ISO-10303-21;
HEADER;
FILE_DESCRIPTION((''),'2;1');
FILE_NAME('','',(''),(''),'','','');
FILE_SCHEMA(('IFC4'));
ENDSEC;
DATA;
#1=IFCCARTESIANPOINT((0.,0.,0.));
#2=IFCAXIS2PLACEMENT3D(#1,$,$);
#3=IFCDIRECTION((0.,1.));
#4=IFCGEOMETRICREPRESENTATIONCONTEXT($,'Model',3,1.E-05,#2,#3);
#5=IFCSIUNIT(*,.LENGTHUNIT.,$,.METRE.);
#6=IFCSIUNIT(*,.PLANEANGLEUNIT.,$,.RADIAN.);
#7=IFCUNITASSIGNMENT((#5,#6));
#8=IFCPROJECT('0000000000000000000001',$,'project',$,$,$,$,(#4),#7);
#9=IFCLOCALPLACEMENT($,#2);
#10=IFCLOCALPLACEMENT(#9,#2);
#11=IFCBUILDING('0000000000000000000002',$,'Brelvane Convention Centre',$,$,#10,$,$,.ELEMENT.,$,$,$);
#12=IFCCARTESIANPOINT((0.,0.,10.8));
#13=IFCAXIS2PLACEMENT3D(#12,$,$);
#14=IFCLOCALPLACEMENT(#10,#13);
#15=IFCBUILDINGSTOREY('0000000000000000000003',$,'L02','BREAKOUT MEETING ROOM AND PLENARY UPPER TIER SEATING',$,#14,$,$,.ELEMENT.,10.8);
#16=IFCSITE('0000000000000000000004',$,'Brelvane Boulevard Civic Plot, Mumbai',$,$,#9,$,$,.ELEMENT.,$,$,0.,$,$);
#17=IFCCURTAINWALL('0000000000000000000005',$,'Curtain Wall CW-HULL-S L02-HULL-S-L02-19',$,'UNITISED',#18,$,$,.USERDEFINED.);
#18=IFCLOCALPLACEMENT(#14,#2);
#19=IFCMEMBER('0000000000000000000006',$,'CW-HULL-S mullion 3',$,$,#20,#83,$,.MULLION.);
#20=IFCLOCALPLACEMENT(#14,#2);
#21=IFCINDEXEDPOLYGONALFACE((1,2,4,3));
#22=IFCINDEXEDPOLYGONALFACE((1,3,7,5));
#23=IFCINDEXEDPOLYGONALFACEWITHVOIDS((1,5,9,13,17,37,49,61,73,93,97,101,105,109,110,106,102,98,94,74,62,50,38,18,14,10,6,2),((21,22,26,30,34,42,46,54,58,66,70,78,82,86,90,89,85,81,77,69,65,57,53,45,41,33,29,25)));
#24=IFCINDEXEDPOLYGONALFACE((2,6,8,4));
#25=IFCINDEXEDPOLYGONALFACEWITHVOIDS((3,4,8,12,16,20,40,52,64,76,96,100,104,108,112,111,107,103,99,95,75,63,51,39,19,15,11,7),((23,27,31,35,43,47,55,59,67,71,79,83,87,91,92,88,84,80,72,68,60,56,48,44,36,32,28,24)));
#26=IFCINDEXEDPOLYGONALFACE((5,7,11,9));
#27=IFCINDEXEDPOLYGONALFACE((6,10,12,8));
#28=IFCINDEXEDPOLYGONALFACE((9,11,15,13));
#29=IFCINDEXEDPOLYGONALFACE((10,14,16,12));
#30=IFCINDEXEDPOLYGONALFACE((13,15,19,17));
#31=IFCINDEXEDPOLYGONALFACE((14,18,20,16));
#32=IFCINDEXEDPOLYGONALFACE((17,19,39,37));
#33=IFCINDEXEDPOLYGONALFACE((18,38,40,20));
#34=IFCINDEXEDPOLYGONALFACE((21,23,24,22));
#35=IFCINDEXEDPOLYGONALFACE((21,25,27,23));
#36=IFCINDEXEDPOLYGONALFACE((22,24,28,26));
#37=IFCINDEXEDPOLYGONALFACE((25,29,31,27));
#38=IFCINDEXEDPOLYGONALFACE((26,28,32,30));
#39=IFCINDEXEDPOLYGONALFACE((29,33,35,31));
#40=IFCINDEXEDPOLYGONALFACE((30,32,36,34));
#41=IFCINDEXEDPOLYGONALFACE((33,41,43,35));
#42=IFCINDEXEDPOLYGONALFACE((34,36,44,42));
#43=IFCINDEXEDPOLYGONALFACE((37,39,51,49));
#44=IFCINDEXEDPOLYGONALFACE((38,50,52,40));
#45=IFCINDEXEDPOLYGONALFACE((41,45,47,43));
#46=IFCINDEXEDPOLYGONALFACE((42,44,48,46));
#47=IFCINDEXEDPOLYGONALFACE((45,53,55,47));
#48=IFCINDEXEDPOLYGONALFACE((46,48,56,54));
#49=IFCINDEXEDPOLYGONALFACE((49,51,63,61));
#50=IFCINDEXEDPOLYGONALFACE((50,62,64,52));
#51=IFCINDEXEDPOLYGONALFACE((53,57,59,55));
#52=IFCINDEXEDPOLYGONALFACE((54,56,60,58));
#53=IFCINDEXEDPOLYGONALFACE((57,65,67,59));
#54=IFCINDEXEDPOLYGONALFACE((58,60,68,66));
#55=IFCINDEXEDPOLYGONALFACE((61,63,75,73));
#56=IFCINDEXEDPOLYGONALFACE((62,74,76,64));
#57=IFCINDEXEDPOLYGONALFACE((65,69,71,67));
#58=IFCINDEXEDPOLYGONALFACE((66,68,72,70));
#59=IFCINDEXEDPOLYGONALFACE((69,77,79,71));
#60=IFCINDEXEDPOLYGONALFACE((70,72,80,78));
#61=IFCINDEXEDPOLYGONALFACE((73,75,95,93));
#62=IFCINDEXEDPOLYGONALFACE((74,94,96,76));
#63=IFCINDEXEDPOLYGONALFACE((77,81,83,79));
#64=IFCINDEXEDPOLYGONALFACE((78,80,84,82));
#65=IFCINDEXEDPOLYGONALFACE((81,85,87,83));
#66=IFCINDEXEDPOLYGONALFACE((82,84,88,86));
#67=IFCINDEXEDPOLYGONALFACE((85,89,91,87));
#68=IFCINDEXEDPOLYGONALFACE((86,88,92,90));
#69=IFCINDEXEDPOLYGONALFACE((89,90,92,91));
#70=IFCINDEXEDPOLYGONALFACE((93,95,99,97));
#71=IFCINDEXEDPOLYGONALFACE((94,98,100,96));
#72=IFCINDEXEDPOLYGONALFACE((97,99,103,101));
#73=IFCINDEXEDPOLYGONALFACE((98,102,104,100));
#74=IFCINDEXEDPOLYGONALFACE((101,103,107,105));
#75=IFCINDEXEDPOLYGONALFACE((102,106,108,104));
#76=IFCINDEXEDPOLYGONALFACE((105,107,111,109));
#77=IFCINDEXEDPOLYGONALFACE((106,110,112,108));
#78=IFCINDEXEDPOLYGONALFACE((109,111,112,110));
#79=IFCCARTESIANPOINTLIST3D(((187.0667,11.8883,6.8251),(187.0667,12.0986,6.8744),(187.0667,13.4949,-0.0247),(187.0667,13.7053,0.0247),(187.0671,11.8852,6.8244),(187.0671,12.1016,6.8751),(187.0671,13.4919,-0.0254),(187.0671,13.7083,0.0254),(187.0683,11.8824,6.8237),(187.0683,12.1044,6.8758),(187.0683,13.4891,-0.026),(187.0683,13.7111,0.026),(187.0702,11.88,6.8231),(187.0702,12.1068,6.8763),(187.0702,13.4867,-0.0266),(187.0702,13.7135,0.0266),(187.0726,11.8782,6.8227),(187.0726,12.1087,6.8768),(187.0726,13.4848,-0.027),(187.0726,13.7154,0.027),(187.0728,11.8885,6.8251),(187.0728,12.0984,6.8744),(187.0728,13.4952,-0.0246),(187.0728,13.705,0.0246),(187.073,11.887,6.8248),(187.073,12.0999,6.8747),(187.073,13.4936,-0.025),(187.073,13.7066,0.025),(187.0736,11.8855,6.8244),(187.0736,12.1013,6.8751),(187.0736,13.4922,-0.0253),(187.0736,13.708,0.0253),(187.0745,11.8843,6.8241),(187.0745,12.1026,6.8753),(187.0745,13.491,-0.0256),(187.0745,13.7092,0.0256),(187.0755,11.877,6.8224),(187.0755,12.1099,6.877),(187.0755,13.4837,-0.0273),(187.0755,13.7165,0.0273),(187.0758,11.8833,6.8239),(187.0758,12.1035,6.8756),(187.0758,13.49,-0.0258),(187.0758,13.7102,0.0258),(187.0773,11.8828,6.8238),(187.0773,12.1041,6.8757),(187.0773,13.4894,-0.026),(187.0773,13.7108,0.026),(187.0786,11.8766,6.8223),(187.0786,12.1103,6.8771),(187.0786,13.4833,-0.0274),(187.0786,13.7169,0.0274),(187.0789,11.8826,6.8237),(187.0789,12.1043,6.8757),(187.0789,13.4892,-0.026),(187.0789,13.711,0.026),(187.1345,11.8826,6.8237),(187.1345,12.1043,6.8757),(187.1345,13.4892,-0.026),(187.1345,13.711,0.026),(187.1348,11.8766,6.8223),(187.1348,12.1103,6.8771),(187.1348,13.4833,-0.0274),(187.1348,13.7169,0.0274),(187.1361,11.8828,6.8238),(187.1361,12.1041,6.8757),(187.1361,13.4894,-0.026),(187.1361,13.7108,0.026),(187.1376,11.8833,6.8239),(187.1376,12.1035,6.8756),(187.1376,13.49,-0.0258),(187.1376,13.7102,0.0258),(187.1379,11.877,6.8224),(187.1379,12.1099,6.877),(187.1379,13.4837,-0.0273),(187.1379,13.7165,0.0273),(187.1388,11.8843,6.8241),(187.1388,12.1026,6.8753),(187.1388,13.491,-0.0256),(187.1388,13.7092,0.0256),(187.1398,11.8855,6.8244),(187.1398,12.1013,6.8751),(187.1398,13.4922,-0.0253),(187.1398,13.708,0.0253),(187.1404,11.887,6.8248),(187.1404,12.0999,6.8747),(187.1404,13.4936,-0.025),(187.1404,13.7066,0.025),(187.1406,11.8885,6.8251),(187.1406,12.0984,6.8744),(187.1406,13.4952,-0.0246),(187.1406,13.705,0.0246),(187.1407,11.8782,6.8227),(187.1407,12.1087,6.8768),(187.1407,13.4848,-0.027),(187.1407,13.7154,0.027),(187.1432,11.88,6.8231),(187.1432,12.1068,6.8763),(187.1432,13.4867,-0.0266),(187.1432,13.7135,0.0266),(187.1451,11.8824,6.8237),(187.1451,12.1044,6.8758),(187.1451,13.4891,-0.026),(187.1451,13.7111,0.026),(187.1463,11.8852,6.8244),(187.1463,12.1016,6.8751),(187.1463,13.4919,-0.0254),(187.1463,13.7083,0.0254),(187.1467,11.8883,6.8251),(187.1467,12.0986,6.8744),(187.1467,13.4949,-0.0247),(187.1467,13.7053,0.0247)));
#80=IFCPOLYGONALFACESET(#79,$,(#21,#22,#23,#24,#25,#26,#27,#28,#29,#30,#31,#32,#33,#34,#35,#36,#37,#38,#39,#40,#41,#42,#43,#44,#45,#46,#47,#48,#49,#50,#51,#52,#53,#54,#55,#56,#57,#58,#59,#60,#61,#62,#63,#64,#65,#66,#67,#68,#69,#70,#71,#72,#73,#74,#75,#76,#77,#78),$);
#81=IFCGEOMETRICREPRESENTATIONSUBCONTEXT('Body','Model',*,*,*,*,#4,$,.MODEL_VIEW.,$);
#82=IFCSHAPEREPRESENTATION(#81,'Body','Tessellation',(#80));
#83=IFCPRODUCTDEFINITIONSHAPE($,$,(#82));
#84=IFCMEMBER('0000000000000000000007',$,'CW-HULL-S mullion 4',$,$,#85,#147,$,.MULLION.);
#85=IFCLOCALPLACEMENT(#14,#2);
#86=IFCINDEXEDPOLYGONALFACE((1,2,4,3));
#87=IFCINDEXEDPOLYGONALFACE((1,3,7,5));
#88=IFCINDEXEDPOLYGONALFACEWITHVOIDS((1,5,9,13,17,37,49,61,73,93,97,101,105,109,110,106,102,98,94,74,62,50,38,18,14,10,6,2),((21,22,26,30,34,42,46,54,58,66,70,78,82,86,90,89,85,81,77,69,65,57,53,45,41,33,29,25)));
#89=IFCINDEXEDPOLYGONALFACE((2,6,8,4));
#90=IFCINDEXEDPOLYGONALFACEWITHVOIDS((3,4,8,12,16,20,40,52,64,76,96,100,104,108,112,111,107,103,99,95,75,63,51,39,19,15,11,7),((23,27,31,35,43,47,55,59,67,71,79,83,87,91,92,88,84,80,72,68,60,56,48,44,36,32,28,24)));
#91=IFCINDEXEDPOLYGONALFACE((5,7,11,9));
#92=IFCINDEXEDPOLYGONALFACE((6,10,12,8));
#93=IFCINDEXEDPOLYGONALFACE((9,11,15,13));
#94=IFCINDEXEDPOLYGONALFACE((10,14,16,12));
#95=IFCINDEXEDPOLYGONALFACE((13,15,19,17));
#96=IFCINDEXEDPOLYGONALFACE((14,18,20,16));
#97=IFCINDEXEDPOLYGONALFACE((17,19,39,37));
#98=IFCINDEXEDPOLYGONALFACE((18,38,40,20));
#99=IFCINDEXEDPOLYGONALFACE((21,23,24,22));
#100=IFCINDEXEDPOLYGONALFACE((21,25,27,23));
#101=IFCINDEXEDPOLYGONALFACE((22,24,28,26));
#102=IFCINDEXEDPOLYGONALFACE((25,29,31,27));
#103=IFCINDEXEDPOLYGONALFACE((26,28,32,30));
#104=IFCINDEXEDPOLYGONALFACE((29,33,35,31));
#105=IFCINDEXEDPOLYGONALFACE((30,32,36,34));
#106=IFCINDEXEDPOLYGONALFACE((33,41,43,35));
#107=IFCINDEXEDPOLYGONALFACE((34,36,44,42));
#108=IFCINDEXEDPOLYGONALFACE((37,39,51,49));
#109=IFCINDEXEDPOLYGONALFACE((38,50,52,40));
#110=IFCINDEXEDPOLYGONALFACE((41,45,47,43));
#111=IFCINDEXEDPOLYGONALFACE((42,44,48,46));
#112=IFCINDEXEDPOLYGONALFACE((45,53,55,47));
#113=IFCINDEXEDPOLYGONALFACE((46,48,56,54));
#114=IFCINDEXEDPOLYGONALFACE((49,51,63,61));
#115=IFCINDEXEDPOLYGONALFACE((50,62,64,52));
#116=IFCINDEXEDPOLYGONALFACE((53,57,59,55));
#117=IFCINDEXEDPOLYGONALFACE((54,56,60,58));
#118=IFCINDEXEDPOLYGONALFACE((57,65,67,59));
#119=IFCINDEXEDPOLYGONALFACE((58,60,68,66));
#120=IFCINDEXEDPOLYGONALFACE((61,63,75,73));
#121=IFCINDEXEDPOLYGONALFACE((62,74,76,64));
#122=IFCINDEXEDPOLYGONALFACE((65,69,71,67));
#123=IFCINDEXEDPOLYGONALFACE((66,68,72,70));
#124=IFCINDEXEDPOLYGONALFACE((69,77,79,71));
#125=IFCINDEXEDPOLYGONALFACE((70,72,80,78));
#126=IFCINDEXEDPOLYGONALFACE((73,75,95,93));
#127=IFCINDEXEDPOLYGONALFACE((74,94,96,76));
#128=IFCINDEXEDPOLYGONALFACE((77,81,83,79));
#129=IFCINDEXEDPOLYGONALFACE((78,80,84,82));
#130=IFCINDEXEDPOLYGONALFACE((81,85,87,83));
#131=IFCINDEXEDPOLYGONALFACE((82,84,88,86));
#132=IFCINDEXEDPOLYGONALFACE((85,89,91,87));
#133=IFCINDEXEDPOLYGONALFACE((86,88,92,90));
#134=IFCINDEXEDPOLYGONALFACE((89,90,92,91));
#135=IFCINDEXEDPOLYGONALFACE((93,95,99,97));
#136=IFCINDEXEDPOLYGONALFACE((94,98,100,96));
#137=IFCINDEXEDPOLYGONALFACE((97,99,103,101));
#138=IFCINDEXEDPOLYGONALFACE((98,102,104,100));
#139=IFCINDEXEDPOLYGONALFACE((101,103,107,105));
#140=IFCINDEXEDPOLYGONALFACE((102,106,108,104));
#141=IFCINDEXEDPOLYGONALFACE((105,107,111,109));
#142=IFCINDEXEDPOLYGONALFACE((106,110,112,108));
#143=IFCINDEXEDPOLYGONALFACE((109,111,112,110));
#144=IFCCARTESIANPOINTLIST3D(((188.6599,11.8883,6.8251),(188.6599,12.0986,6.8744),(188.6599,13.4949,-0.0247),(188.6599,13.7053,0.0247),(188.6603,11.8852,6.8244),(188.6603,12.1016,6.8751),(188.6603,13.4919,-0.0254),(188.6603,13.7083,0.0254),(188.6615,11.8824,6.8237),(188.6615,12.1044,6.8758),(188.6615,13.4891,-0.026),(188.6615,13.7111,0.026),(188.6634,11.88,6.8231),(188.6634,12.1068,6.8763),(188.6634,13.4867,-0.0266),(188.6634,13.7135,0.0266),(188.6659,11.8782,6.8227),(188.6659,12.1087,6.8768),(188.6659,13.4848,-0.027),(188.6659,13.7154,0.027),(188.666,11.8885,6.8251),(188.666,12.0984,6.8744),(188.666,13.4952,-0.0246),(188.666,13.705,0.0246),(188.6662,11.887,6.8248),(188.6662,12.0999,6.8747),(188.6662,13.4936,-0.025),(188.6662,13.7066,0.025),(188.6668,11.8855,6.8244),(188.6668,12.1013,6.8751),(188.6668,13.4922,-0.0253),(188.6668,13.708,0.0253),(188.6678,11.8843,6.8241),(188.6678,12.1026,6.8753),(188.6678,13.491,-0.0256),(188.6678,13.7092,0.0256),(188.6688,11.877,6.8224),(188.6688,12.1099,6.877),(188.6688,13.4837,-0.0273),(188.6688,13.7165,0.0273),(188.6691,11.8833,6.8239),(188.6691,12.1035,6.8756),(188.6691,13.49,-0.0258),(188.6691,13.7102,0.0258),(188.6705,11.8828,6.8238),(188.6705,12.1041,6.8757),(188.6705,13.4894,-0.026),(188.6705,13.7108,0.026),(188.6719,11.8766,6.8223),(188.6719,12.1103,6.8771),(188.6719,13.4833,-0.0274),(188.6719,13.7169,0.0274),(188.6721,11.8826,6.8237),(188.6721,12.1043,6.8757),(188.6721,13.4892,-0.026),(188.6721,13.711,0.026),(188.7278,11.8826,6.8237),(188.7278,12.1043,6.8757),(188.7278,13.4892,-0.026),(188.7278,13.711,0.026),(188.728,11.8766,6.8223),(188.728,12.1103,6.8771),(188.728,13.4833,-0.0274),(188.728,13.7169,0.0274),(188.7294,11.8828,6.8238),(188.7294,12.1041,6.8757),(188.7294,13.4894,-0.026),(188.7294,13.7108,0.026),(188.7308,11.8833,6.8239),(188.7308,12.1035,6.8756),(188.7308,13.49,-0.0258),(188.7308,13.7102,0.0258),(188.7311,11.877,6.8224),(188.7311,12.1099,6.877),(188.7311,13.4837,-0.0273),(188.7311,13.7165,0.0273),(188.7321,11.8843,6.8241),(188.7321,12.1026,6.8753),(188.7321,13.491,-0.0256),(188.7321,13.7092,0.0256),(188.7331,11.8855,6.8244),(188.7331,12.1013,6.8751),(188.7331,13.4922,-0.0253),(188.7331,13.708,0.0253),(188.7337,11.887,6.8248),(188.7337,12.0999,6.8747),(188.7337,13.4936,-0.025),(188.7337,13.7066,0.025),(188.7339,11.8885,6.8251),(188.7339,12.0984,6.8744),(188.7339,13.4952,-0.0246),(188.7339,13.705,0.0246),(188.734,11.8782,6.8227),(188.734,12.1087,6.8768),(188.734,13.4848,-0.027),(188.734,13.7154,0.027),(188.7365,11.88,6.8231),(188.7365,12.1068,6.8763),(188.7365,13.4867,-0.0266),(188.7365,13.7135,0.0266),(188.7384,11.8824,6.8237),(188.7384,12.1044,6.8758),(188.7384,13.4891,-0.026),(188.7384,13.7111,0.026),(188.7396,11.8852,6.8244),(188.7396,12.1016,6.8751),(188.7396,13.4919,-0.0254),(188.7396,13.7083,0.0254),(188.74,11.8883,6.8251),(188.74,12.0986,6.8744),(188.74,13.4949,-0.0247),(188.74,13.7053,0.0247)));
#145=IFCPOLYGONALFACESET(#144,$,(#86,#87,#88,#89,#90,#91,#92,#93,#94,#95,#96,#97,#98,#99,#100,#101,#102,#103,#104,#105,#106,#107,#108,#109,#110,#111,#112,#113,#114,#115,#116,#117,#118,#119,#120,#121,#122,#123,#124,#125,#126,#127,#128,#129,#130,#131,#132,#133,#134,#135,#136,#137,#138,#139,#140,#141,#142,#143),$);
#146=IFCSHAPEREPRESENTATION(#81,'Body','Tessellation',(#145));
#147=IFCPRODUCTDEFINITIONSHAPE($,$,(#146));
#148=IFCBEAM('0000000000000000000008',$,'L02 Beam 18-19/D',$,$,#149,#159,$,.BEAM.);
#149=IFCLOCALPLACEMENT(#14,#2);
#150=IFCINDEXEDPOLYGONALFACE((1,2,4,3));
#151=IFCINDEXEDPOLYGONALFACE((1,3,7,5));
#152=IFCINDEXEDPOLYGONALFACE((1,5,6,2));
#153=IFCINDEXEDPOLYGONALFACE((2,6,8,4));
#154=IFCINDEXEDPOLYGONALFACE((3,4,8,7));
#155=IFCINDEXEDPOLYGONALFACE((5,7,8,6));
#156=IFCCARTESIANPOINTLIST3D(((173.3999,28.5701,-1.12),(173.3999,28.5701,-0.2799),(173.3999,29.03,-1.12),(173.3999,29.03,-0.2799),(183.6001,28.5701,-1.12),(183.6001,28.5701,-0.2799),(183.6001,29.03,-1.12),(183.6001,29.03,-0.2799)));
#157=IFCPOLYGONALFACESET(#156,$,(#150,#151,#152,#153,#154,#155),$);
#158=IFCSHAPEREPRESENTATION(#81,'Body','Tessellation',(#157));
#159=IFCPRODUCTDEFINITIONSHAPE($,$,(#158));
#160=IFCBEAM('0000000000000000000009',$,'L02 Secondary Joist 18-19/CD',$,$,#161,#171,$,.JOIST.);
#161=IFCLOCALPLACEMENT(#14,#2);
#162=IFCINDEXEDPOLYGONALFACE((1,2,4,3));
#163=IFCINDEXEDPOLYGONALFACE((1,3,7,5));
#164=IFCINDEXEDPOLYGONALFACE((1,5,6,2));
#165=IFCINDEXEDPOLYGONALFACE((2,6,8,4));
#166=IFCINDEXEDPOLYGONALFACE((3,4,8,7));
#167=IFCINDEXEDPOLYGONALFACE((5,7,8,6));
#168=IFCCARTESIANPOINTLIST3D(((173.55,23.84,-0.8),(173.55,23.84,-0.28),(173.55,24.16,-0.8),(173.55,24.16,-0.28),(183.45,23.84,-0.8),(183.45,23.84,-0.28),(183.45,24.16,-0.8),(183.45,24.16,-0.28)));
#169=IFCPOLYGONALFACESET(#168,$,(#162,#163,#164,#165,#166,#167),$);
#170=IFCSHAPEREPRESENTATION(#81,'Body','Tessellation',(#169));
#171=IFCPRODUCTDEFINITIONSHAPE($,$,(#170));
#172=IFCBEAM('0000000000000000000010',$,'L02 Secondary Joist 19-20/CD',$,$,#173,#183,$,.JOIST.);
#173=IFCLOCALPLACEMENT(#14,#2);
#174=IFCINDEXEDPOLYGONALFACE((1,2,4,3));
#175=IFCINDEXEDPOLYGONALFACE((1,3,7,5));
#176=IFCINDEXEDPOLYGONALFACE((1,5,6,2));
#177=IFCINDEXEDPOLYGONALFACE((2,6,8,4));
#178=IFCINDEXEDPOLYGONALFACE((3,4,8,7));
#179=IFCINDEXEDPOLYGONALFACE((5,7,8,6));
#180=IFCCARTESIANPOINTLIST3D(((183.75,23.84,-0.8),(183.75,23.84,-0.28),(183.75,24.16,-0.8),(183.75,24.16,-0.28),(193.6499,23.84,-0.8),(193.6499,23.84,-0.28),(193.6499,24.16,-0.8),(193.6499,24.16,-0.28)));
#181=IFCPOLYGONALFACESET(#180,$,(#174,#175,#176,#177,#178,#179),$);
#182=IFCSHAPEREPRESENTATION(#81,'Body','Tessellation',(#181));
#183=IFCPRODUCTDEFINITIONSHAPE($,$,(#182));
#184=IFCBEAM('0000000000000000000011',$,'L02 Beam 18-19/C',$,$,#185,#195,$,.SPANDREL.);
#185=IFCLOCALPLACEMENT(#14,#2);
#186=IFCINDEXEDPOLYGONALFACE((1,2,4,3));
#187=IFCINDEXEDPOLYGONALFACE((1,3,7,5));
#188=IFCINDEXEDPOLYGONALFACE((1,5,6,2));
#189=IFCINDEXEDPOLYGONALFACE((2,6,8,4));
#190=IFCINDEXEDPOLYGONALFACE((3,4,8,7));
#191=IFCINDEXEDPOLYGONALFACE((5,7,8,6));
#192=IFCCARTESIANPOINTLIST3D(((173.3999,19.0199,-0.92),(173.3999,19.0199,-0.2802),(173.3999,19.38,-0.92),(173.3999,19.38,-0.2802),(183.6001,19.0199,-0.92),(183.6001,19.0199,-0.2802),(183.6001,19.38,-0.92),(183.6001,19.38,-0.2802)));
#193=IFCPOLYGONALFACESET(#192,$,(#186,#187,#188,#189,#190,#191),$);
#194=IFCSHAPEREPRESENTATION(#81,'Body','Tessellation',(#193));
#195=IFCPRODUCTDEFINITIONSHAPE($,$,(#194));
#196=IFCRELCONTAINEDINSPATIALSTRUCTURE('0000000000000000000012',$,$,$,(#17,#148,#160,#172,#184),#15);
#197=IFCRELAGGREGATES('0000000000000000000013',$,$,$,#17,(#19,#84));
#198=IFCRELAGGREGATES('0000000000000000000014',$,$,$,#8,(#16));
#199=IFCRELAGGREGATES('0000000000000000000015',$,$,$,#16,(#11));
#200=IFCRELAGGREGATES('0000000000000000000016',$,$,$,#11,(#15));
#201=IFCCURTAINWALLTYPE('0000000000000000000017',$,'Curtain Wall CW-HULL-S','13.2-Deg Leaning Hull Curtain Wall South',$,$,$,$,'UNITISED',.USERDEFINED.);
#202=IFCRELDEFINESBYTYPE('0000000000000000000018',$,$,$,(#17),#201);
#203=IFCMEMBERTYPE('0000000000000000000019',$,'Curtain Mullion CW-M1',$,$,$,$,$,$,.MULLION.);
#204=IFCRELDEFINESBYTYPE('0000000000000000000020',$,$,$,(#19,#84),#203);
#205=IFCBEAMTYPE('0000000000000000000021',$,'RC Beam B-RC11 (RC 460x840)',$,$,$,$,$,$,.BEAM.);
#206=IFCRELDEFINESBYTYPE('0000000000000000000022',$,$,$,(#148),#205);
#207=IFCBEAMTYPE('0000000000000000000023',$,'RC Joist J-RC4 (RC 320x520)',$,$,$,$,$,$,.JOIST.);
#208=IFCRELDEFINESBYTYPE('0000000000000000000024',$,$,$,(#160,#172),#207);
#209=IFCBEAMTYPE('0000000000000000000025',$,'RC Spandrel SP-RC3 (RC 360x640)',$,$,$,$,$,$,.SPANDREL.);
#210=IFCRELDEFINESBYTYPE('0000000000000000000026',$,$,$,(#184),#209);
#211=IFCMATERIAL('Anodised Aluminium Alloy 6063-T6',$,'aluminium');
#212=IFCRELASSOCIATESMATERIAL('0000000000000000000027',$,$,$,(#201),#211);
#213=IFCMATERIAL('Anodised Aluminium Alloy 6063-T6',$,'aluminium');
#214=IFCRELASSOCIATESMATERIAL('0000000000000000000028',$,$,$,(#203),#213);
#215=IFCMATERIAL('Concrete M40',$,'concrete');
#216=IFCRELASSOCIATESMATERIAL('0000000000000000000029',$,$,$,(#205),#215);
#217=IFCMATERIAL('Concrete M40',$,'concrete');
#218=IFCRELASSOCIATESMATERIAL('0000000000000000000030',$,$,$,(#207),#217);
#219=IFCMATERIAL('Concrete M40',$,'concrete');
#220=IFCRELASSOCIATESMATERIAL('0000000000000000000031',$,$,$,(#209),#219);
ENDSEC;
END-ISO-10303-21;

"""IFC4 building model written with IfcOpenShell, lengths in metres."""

from ifc_helpers import new_model, si_unit, direction, frame, origin, origin_2d, place, context, subcontext, project, spatial, rectangle, hollow_rectangle, extrude, material, material_profile, profile_set, type_object, element, aggregate, save


model = new_model("IFC4")

# Units and contexts
model_context = context("Model", 3, precision=1e-05, world=origin(), true_north=direction((0.0, 1.0)))
body_context = subcontext(model_context, "Body", "Model", "MODEL_VIEW")
ifc_project = project(units=[si_unit("LENGTHUNIT", "METRE"), si_unit("PLANEANGLEUNIT", "RADIAN")], contexts=[model_context])

# Site, building, storey
site_placement = place(None, origin())
site = spatial("IfcSite", under=ifc_project, at=site_placement, Name="Brelvane Boulevard Civic Plot, Mumbai", CompositionType="ELEMENT", RefElevation=0.0)
building_placement = place(site_placement, origin())
building = spatial("IfcBuilding", under=site, at=building_placement, Name="Brelvane Convention Centre", CompositionType="ELEMENT")
storey_placement = place(building_placement, frame((0.0, 0.0, 10.8)))
storey = spatial("IfcBuildingStorey", under=building, at=storey_placement, Name="L02", Description="BREAKOUT MEETING ROOM AND PLENARY UPPER TIER SEATING", CompositionType="ELEMENT", Elevation=10.8)

# Curtain wall, members
ifc_material_1 = material(Name="Anodised Aluminium Alloy 6063-T6", Category="aluminium")
curtain_wall_type = type_object("IfcCurtainWallType", Name="Curtain Wall CW-HULL-S", Description="13.2-Deg Leaning Hull Curtain Wall South", ElementType="UNITISED", PredefinedType="USERDEFINED", material=ifc_material_1)
curtain_wall_placement = place(storey_placement, origin())
curtain_wall = element("IfcCurtainWall", 1, at=curtain_wall_placement, inside=storey, type_object=curtain_wall_type, Name="Curtain Wall CW-HULL-S L02-HULL-S-L02-19", ObjectType="UNITISED", PredefinedType="USERDEFINED")
ifc_material_2 = material(Name="Anodised Aluminium Alloy 6063-T6", Category="aluminium")
ifc_material_profile_1 = material_profile(ifc_material_2, hollow_rectangle(XDim=0.0801, YDim=0.24, WallThickness=0.0061, InnerFilletRadius=0.0061, OuterFilletRadius=0.012, at=origin_2d()), Name="ALU-M 240x80x6.0")
ifc_profile_set_1 = profile_set([ifc_material_profile_1], Name="Anodised Aluminium Alloy 6063-T6")
member_type = type_object("IfcMemberType", Name="Curtain Mullion CW-M1", PredefinedType="MULLION", material=ifc_profile_set_1)
member_1_placement = place(storey_placement, frame((187.1067, 13.6001, 0.0), z_axis=(0.0, -0.22836, 0.973577), x_axis=(1.0, 0.0, 0.0)))
member_1 = element("IfcMember", 2, at=member_1_placement, type_object=member_type, Name="CW-HULL-S mullion 3", PredefinedType="MULLION", context=body_context, shape_type="SweptSolid", body=[
    extrude(hollow_rectangle(XDim=0.0801, YDim=0.24, WallThickness=0.0061, InnerFilletRadius=0.0061, OuterFilletRadius=0.012, at=origin_2d()), origin(), (0.0, 0.0, 1.0), 7.0356),
])
member_2_placement = place(storey_placement, frame((188.7, 13.6001, 0.0), z_axis=(0.0, -0.22836, 0.973577), x_axis=(1.0, 0.0, 0.0)))
member_2 = element("IfcMember", 3, at=member_2_placement, type_object=member_type, Name="CW-HULL-S mullion 4", PredefinedType="MULLION", context=body_context, shape_type="SweptSolid", body=[
    extrude(hollow_rectangle(XDim=0.0801, YDim=0.24, WallThickness=0.0061, InnerFilletRadius=0.0061, OuterFilletRadius=0.012, at=origin_2d()), origin(), (0.0, 0.0, 1.0), 7.0356),
])
aggregate(curtain_wall, [member_1, member_2])

# Beams
ifc_material_3 = material(Name="Concrete M40", Category="concrete")
ifc_material_profile_2 = material_profile(ifc_material_3, rectangle(XDim=0.46, YDim=0.8401, at=origin_2d()), Name="RC 460x840")
ifc_profile_set_2 = profile_set([ifc_material_profile_2], Name="Concrete M40")
beam_type_1 = type_object("IfcBeamType", Name="RC Beam B-RC11 (RC 460x840)", PredefinedType="BEAM", material=ifc_profile_set_2)
beam_1_placement = place(storey_placement, frame((173.3999, 28.8, -0.7), z_axis=(1.0, 0.0, 0.0), x_axis=(0.0, 1.0, 0.0)))
element("IfcBeam", 4, at=beam_1_placement, inside=storey, type_object=beam_type_1, Name="L02 Beam 18-19/D", PredefinedType="BEAM", context=body_context, shape_type="SweptSolid", body=[
    extrude(rectangle(XDim=0.46, YDim=0.8401, at=origin_2d()), origin(), (0.0, 0.0, 1.0), 10.2002),
])
ifc_material_4 = material(Name="Concrete M40", Category="concrete")
ifc_material_profile_3 = material_profile(ifc_material_4, rectangle(XDim=0.3201, YDim=0.52, at=origin_2d()), Name="RC 320x520")
ifc_profile_set_3 = profile_set([ifc_material_profile_3], Name="Concrete M40")
beam_type_2 = type_object("IfcBeamType", Name="RC Joist J-RC4 (RC 320x520)", PredefinedType="JOIST", material=ifc_profile_set_3)
for number, where, z_axis, x_axis, name in (
    (5, (173.55, 24.0, -0.54), (1.0, 0.0, 0.0), (0.0, 1.0, 0.0), "L02 Secondary Joist 18-19/CD"),
    (6, (183.75, 24.0, -0.54), (1.0, 0.0, 0.0), (0.0, 1.0, 0.0), "L02 Secondary Joist 19-20/CD"),
):
    element("IfcBeam", number, at=place(storey_placement, frame(where, z_axis=z_axis, x_axis=x_axis)), inside=storey, type_object=beam_type_2, Name=name, PredefinedType="JOIST", context=body_context, shape_type="SweptSolid", body=[
        extrude(rectangle(XDim=0.3201, YDim=0.52, at=origin_2d()), origin(), (0.0, 0.0, 1.0), 9.8999),
    ])
ifc_material_5 = material(Name="Concrete M40", Category="concrete")
ifc_material_profile_4 = material_profile(ifc_material_5, rectangle(XDim=0.3601, YDim=0.6399, at=origin_2d()), Name="RC 360x640")
ifc_profile_set_4 = profile_set([ifc_material_profile_4], Name="Concrete M40")
beam_type_3 = type_object("IfcBeamType", Name="RC Spandrel SP-RC3 (RC 360x640)", PredefinedType="SPANDREL", material=ifc_profile_set_4)
beam_2_placement = place(storey_placement, frame((173.3999, 19.2, -0.6001), z_axis=(1.0, 0.0, 0.0), x_axis=(0.0, 1.0, 0.0)))
element("IfcBeam", 7, at=beam_2_placement, inside=storey, type_object=beam_type_3, Name="L02 Beam 18-19/C", PredefinedType="SPANDREL", context=body_context, shape_type="SweptSolid", body=[
    extrude(rectangle(XDim=0.3601, YDim=0.6399, at=origin_2d()), origin(), (0.0, 0.0, 1.0), 10.2002),
])

save(model, "model.ifc")
